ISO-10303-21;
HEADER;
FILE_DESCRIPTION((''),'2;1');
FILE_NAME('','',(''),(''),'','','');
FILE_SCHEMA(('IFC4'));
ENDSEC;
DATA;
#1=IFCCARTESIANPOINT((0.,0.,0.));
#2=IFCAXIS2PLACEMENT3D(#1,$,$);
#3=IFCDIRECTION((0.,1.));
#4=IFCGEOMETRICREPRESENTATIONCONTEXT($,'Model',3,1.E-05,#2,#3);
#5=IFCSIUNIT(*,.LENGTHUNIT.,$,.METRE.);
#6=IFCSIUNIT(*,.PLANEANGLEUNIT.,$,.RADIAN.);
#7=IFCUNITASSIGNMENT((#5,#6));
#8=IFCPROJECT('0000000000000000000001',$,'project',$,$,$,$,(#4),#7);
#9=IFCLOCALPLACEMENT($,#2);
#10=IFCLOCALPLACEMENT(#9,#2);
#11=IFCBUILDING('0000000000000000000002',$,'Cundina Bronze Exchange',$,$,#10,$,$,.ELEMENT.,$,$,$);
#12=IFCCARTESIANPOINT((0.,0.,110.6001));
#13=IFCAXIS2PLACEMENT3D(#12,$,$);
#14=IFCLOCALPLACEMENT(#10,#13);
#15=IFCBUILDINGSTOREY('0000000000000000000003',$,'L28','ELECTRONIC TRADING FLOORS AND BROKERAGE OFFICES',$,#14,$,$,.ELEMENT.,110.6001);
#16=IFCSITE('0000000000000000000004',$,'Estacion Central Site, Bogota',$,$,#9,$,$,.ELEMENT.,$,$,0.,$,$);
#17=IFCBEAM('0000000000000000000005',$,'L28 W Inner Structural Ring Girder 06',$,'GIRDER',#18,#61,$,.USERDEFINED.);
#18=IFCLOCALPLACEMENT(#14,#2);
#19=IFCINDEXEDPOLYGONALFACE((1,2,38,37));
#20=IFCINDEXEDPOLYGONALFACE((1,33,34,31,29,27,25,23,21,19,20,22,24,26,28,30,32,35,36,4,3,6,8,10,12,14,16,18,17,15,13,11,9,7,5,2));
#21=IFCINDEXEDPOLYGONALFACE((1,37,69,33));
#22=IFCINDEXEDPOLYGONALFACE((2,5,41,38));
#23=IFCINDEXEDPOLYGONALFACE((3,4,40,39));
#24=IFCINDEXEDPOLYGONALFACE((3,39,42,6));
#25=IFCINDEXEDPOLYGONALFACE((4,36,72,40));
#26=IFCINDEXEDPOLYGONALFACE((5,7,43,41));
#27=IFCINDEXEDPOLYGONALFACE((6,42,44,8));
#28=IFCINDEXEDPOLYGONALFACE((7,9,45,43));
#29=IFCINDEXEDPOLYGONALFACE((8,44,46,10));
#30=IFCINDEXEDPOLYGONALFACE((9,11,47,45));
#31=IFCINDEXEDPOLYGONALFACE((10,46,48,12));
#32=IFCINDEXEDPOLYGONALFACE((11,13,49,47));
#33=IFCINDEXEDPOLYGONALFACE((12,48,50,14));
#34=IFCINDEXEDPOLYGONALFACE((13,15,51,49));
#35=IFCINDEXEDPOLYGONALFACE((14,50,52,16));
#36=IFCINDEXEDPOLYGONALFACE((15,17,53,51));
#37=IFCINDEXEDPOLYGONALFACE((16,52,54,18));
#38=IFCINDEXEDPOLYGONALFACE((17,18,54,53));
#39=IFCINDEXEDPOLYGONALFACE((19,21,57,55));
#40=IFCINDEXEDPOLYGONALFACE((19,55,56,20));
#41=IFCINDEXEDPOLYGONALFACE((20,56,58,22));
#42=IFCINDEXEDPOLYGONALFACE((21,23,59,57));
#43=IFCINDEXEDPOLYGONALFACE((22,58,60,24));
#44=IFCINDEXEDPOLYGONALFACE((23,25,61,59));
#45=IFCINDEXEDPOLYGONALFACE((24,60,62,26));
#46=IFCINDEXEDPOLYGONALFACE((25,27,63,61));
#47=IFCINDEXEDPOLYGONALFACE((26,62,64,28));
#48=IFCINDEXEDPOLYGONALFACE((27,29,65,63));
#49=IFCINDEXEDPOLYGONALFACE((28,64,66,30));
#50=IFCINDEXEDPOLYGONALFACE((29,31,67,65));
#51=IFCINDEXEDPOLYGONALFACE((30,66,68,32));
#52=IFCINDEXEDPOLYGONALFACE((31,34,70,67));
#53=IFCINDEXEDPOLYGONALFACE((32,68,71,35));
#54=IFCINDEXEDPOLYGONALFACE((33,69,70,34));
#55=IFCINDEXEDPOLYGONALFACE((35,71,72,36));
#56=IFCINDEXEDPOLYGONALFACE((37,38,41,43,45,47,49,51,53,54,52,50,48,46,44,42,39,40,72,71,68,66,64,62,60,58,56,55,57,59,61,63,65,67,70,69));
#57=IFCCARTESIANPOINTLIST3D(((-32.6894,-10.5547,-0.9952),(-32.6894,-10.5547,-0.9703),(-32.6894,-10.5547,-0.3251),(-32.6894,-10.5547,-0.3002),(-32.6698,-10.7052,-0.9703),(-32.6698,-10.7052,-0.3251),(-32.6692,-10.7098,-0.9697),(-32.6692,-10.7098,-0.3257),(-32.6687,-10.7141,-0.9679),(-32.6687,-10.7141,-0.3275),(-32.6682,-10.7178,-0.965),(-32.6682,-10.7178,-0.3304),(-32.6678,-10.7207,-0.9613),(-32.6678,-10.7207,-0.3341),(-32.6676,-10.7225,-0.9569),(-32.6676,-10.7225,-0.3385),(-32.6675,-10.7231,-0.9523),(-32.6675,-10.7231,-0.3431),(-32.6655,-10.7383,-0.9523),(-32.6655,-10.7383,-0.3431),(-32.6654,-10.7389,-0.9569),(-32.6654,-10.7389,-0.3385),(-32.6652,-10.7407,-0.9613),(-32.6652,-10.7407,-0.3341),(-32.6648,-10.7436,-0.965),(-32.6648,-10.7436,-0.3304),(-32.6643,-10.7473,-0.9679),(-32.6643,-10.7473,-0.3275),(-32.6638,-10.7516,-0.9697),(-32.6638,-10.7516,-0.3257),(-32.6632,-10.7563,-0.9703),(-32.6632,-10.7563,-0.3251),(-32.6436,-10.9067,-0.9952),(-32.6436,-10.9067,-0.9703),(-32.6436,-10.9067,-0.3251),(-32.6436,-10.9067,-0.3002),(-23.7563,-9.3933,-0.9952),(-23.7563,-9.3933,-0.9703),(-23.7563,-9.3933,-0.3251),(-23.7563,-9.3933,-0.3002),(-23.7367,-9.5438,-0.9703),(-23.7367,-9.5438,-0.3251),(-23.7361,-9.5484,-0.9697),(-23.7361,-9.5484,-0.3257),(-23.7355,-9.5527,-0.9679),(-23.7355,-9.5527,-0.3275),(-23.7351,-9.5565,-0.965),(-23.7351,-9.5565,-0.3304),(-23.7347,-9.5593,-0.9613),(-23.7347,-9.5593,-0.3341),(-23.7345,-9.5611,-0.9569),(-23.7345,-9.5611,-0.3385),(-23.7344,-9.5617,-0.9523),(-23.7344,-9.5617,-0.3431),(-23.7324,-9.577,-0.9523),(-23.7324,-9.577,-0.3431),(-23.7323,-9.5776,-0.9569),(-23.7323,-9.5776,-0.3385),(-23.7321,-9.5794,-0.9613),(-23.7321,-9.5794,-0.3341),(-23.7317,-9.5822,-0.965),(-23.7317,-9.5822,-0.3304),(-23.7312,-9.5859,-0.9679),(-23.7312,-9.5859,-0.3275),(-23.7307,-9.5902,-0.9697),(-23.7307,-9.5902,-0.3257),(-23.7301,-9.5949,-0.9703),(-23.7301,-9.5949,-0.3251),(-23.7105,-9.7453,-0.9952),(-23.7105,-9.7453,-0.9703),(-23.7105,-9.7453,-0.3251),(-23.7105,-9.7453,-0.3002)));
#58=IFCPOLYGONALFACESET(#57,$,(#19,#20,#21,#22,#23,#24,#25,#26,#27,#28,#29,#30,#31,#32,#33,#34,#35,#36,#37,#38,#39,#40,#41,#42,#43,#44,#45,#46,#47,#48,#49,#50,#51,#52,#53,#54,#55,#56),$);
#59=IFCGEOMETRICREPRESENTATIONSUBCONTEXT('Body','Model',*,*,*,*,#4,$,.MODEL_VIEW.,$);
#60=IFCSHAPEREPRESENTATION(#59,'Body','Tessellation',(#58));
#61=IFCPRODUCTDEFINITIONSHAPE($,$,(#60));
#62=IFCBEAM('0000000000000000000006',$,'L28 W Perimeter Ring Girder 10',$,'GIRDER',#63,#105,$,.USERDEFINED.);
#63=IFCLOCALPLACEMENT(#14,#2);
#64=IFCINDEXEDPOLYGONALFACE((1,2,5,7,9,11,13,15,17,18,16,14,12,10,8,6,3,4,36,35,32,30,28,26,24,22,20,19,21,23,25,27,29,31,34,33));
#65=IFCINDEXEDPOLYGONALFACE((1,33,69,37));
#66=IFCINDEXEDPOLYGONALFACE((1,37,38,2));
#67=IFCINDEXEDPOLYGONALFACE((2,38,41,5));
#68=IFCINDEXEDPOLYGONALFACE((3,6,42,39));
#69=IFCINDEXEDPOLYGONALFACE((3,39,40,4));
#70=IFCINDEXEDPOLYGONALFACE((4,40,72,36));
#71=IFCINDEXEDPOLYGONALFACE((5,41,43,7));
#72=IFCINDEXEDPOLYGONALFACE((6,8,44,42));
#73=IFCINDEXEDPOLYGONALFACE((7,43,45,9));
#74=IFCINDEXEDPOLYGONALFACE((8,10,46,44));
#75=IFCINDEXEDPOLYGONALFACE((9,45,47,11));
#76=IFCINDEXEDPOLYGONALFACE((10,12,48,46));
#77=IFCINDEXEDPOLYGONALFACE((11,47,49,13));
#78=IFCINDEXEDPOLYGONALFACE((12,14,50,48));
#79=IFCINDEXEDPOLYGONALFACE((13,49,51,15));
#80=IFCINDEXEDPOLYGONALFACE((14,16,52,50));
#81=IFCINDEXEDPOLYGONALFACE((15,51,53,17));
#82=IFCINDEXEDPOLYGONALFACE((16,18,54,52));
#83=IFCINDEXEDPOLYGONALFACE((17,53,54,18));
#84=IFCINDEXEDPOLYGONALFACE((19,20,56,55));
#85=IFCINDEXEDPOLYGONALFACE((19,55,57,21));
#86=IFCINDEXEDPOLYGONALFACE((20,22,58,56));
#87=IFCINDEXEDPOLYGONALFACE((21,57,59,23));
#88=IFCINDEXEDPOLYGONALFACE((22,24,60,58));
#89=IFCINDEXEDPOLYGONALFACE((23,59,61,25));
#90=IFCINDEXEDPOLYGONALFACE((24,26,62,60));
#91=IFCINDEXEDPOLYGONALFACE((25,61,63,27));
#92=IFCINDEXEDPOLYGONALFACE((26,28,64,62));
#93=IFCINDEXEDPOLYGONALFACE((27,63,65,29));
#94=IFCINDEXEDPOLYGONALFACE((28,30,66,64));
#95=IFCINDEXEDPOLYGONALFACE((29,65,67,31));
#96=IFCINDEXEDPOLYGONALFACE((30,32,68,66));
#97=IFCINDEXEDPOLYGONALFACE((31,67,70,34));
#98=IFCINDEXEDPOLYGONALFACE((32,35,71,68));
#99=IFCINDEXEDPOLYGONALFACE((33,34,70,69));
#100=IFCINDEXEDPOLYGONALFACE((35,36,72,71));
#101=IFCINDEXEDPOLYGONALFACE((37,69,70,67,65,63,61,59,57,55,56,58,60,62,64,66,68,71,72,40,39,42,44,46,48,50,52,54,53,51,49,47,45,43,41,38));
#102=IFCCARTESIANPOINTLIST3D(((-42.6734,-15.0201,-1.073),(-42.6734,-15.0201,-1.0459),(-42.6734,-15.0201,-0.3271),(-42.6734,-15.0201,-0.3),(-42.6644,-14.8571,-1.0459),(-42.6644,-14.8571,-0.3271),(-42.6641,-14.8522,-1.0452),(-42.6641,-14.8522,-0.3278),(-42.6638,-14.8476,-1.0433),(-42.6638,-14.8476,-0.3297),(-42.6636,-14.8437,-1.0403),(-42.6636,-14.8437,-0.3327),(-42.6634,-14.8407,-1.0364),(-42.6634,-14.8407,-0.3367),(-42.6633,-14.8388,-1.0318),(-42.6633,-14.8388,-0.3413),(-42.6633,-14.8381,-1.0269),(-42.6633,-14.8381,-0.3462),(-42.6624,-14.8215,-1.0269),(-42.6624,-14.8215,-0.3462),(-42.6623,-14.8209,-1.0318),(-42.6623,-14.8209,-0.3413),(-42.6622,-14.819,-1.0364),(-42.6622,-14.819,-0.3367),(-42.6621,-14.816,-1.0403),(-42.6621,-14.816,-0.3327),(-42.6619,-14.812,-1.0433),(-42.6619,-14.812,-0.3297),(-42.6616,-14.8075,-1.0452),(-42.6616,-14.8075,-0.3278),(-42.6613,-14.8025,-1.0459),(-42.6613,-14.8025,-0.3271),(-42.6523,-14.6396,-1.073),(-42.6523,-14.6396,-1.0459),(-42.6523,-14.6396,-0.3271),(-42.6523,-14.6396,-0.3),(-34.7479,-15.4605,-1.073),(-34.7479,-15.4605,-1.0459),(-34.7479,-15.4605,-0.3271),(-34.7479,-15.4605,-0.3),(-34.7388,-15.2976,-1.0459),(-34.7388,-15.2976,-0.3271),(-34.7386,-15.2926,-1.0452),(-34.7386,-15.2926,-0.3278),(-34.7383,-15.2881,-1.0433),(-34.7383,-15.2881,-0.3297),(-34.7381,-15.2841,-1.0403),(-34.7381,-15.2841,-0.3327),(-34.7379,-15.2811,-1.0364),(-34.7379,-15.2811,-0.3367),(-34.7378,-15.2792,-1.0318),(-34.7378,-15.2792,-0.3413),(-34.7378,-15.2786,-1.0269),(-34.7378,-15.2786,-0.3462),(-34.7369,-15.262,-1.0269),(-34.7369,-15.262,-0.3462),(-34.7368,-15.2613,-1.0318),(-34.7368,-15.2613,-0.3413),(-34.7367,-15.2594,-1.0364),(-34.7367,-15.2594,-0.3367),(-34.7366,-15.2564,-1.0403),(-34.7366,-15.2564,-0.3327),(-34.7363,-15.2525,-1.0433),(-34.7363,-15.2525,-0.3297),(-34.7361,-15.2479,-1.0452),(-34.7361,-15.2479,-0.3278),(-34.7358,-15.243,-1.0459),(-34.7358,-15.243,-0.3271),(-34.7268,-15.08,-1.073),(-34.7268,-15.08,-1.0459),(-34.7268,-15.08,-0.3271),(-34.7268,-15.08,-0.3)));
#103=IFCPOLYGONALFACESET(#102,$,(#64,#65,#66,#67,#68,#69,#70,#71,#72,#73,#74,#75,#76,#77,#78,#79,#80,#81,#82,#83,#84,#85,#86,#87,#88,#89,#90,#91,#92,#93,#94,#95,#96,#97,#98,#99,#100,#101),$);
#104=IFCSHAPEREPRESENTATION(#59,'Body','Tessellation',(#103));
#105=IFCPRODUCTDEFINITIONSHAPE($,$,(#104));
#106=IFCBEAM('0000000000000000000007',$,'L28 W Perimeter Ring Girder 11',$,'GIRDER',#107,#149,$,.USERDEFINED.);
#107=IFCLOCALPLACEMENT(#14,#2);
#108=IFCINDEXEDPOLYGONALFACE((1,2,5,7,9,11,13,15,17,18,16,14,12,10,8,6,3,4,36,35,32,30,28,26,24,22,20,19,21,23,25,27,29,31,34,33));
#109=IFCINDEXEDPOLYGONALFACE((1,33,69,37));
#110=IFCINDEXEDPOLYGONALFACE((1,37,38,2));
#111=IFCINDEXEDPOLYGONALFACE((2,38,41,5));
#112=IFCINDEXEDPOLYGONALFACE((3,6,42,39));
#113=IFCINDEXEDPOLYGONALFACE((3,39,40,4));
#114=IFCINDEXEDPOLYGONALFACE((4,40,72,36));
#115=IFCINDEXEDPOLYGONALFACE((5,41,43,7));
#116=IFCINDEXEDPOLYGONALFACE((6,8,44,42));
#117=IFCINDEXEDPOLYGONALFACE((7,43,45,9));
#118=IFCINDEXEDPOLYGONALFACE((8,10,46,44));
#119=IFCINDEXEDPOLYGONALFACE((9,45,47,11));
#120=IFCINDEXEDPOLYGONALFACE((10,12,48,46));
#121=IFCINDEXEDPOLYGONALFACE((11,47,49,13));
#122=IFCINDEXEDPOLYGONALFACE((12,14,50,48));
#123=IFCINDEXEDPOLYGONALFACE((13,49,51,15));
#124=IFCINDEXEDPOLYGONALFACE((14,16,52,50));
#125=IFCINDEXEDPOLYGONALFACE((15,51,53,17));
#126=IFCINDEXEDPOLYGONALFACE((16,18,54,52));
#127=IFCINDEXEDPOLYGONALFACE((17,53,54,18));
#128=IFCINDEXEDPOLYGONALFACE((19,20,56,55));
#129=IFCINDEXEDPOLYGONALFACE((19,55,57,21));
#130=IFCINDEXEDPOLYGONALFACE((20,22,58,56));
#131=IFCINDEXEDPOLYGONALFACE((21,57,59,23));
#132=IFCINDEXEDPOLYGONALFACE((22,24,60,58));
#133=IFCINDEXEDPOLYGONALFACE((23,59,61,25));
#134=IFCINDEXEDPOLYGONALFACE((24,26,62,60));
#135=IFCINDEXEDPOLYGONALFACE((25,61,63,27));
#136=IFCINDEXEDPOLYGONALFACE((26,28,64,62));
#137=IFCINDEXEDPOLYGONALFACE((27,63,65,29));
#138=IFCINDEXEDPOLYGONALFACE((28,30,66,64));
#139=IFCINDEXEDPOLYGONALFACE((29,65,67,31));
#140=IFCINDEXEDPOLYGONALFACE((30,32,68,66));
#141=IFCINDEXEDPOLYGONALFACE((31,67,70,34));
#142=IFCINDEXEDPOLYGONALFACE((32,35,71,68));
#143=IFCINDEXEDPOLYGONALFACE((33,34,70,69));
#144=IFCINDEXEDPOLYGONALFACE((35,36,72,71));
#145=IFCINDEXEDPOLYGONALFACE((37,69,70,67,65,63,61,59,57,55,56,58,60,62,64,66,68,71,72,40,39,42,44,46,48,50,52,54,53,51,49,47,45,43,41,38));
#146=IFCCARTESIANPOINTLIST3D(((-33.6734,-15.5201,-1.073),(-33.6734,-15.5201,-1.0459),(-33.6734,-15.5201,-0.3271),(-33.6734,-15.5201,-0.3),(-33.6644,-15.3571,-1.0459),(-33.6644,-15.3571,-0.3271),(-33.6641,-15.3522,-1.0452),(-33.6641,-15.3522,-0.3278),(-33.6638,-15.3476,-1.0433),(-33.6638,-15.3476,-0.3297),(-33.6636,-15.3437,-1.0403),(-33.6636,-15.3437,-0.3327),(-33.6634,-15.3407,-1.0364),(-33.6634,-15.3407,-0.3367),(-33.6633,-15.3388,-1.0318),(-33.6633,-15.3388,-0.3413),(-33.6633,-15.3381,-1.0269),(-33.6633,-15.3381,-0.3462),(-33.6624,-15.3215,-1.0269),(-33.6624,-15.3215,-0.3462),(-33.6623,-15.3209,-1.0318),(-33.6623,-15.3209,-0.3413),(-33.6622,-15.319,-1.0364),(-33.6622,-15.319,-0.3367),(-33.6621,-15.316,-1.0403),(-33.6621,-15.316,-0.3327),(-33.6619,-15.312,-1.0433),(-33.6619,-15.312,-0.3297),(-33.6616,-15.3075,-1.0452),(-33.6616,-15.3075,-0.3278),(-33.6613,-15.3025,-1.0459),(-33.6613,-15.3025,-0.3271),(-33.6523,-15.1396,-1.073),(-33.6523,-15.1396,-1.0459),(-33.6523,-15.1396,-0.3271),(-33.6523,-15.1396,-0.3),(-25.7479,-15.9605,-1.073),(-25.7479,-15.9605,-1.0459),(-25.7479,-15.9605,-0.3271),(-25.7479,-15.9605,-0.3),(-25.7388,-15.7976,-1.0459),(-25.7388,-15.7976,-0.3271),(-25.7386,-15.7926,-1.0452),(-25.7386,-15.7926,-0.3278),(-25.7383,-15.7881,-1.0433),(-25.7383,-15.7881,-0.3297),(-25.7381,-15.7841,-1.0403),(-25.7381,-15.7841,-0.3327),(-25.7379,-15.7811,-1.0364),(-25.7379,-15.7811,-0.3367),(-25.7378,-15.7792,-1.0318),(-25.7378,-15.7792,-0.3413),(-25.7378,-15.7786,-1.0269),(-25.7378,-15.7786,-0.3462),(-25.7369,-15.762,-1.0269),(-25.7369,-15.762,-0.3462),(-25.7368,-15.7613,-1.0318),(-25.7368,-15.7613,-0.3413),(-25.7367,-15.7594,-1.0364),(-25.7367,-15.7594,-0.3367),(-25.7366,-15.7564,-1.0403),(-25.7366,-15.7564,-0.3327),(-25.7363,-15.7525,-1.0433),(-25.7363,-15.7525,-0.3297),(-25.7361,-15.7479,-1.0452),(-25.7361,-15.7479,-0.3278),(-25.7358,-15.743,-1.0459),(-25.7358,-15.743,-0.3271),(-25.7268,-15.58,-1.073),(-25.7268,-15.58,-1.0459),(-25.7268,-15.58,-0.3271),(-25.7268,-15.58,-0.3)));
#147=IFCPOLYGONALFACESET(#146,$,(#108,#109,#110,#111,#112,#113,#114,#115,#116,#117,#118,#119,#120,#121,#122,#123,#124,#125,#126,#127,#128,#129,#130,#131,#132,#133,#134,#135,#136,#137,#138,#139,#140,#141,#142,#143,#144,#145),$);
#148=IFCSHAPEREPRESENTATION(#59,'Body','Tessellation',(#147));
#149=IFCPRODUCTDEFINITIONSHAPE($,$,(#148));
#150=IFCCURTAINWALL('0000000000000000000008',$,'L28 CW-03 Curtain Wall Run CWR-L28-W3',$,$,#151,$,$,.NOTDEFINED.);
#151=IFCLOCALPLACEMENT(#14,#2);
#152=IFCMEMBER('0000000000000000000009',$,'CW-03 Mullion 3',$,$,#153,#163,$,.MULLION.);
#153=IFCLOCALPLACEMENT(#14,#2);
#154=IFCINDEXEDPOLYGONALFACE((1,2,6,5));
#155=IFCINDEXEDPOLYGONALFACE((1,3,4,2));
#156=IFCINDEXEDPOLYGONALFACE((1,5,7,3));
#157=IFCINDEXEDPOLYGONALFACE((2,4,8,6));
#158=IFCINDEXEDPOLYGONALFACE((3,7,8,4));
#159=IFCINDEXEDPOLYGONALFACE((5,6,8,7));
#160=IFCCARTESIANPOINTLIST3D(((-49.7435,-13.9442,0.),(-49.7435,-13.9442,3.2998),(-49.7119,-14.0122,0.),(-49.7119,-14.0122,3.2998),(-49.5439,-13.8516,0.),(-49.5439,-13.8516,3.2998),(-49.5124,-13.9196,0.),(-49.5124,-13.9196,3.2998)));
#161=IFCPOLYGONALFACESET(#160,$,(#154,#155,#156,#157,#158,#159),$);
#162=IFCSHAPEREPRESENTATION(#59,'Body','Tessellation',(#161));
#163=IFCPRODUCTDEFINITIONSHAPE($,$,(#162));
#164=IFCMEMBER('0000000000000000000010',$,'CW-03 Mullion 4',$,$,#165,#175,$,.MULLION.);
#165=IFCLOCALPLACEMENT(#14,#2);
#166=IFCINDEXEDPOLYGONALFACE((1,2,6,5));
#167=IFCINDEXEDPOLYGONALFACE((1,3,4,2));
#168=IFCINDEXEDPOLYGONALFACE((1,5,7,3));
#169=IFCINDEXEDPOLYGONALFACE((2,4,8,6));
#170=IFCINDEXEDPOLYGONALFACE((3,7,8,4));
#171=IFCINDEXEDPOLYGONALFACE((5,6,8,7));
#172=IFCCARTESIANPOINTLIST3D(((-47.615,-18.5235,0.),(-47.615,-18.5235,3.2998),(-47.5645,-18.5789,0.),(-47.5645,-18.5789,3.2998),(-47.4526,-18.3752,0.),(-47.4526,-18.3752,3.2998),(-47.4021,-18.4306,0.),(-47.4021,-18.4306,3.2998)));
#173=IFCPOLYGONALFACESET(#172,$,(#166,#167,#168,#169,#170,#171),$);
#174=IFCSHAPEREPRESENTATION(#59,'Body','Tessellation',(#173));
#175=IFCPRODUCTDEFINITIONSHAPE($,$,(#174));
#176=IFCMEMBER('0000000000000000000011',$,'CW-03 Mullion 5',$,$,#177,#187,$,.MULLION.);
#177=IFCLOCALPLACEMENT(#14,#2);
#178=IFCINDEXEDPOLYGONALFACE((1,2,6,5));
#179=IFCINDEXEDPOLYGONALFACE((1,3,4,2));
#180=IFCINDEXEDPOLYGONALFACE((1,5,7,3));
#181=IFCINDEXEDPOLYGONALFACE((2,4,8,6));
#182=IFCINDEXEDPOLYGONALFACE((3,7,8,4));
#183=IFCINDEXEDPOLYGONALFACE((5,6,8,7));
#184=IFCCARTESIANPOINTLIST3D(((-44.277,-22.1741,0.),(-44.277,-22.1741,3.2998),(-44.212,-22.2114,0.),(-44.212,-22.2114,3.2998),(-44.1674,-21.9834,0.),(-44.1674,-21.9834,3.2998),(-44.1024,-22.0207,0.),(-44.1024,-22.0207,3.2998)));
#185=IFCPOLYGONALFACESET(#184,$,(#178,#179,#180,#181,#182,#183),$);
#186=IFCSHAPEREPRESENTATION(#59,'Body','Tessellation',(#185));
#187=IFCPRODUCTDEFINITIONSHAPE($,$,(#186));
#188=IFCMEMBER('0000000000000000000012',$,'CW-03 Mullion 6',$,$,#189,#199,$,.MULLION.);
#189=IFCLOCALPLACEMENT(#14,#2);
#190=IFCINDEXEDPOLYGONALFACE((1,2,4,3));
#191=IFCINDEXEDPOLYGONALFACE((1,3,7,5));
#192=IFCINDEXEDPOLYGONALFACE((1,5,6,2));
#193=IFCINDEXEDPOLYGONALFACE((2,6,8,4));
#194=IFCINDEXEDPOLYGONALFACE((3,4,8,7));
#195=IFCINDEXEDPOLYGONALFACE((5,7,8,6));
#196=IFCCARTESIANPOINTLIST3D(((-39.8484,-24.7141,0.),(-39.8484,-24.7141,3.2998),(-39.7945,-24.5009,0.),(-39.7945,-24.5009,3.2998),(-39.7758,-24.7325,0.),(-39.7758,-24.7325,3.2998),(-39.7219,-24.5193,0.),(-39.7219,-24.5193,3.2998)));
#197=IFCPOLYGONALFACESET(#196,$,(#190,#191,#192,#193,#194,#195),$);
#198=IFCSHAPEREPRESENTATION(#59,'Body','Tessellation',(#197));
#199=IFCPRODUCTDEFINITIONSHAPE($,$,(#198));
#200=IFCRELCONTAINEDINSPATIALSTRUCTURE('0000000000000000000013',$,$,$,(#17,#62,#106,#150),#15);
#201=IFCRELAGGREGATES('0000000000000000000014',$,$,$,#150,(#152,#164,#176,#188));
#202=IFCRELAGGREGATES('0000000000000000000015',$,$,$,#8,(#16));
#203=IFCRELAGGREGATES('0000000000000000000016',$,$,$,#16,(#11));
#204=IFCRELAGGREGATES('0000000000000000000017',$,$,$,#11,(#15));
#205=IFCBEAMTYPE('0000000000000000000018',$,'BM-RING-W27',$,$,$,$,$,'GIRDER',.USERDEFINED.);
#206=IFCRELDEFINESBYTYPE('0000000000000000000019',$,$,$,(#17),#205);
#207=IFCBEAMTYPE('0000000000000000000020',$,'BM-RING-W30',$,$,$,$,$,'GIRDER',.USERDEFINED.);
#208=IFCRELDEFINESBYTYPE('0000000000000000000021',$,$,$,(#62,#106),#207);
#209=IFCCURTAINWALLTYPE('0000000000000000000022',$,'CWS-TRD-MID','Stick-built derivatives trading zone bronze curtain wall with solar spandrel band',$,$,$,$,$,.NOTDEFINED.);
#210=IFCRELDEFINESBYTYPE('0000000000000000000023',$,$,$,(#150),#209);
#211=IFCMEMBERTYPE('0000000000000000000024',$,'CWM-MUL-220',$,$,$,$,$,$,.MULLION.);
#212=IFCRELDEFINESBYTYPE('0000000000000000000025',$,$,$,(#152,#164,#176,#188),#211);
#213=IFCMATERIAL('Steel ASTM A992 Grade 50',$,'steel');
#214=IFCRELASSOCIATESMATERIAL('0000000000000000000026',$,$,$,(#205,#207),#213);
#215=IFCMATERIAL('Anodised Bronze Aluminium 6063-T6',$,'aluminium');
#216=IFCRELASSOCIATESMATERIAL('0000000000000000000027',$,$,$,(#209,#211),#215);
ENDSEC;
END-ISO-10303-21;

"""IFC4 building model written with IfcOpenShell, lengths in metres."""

from ifc_helpers import new_model, si_unit, direction, frame, origin, origin_2d, place, context, subcontext, project, spatial, rectangle, i_section, extrude, material, material_profile, profile_set, type_object, element, aggregate, save


model = new_model("IFC4")

# Units and contexts
model_context = context("Model", 3, precision=1e-05, world=origin(), true_north=direction((0.0, 1.0)))
body_context = subcontext(model_context, "Body", "Model", "MODEL_VIEW")
ifc_project = project(units=[si_unit("LENGTHUNIT", "METRE"), si_unit("PLANEANGLEUNIT", "RADIAN")], contexts=[model_context])

# Site, building, storey
site_placement = place(None, origin())
site = spatial("IfcSite", under=ifc_project, at=site_placement, Name="Estacion Central Site, Bogota", CompositionType="ELEMENT", RefElevation=0.0)
building_placement = place(site_placement, origin())
building = spatial("IfcBuilding", under=site, at=building_placement, Name="Cundina Bronze Exchange", CompositionType="ELEMENT")
storey_placement = place(building_placement, frame((0.0, 0.0, 110.6001)))
storey = spatial("IfcBuildingStorey", under=building, at=storey_placement, Name="L28", Description="ELECTRONIC TRADING FLOORS AND BROKERAGE OFFICES", CompositionType="ELEMENT", Elevation=110.6001)

# Beams
ifc_material_1 = material(Name="Steel ASTM A992 Grade 50", Category="steel")
ifc_material_profile_1 = material_profile(ifc_material_1, i_section(OverallWidth=0.355, OverallDepth=0.6951, WebThickness=0.0154, FlangeThickness=0.0249, FilletRadius=0.0181, at=origin_2d()), Name="W27X146", Category="steel")
ifc_profile_set_1 = profile_set([ifc_material_profile_1], Name="Steel ASTM A992 Grade 50")
beam_type_1 = type_object("IfcBeamType", Name="BM-RING-W27", ElementType="GIRDER", PredefinedType="USERDEFINED", material=ifc_profile_set_1)
beam_1_placement = place(storey_placement, frame((-32.6665, -10.7307, -0.6477), z_axis=(0.991655, 0.128923, 0.0), x_axis=(-0.128923, 0.991655, 0.0)))
element("IfcBeam", 1, at=beam_1_placement, inside=storey, type_object=beam_type_1, Name="L28 W Inner Structural Ring Girder 06", ObjectType="GIRDER", PredefinedType="USERDEFINED", context=body_context, shape_type="SweptSolid", body=[
    extrude(i_section(OverallWidth=0.355, OverallDepth=0.6951, WebThickness=0.0154, FlangeThickness=0.0249, FilletRadius=0.0181, at=origin_2d()), origin(), (0.0, 0.0, 1.0), 9.0083),
])
ifc_material_profile_2 = material_profile(ifc_material_1, i_section(OverallWidth=0.3811, OverallDepth=0.7729, WebThickness=0.0166, FlangeThickness=0.0271, FilletRadius=0.019, at=origin_2d()), Name="W30X173", Category="steel")
ifc_profile_set_2 = profile_set([ifc_material_profile_2], Name="Steel ASTM A992 Grade 50")
beam_type_2 = type_object("IfcBeamType", Name="BM-RING-W30", ElementType="GIRDER", PredefinedType="USERDEFINED", material=ifc_profile_set_2)
for number, where, z_axis, x_axis, name in (
    (2, (-42.6628, -14.8298, -0.6865), (0.99846, -0.055485, 0.0), (0.055485, 0.99846, 0.0), "L28 W Perimeter Ring Girder 10"),
    (3, (-33.6628, -15.3298, -0.6865), (0.99846, -0.055485, 0.0), (0.055485, 0.99846, 0.0), "L28 W Perimeter Ring Girder 11"),
):
    element("IfcBeam", number, at=place(storey_placement, frame(where, z_axis=z_axis, x_axis=x_axis)), inside=storey, type_object=beam_type_2, Name=name, ObjectType="GIRDER", PredefinedType="USERDEFINED", context=body_context, shape_type="SweptSolid", body=[
        extrude(i_section(OverallWidth=0.3811, OverallDepth=0.7729, WebThickness=0.0166, FlangeThickness=0.0271, FilletRadius=0.019, at=origin_2d()), origin(), (0.0, 0.0, 1.0), 7.9377),
    ])

# Curtain wall, members
ifc_material_2 = material(Name="Anodised Bronze Aluminium 6063-T6", Category="aluminium")
curtain_wall_type = type_object("IfcCurtainWallType", Name="CWS-TRD-MID", Description="Stick-built derivatives trading zone bronze curtain wall with solar spandrel band", PredefinedType="NOTDEFINED", material=ifc_material_2)
curtain_wall_placement = place(storey_placement, origin())
curtain_wall = element("IfcCurtainWall", 4, at=curtain_wall_placement, inside=storey, type_object=curtain_wall_type, Name="L28 CW-03 Curtain Wall Run CWR-L28-W3", PredefinedType="NOTDEFINED")
ifc_material_profile_3 = material_profile(ifc_material_2, rectangle(XDim=0.075, YDim=0.22, at=origin_2d()), Name="AL75X220", Category="aluminium")
ifc_profile_set_3 = profile_set([ifc_material_profile_3], Name="Anodised Bronze Aluminium 6063-T6")
member_type_1 = type_object("IfcMemberType", Name="CWM-MUL-220", PredefinedType="MULLION", material=ifc_profile_set_3)
member_1_placement = place(storey_placement, frame((-49.6279, -13.9319, 0.0), z_axis=(0.0, 0.0, 1.0), x_axis=(0.420877, -0.907117, 0.0)))
member_1 = element("IfcMember", 5, at=member_1_placement, type_object=member_type_1, Name="CW-03 Mullion 3", PredefinedType="MULLION", context=body_context, shape_type="SweptSolid", body=[
    extrude(rectangle(XDim=0.075, YDim=0.22, at=origin_2d()), origin(), (0.0, 0.0, 1.0), 3.2998),
])
member_2_placement = place(storey_placement, frame((-47.5085, -18.4771, 0.0), z_axis=(0.0, 0.0, 1.0), x_axis=(0.674302, -0.738455, 0.0)))
member_2 = element("IfcMember", 6, at=member_2_placement, type_object=member_type_1, Name="CW-03 Mullion 4", PredefinedType="MULLION", context=body_context, shape_type="SweptSolid", body=[
    extrude(rectangle(XDim=0.075, YDim=0.22, at=origin_2d()), origin(), (0.0, 0.0, 1.0), 3.2998),
])
member_3_placement = place(storey_placement, frame((-44.1897, -22.0974, 0.0), z_axis=(0.0, 0.0, 1.0), x_axis=(0.867071, -0.498185, 0.0)))
member_3 = element("IfcMember", 7, at=member_3_placement, type_object=member_type_1, Name="CW-03 Mullion 5", PredefinedType="MULLION", context=body_context, shape_type="SweptSolid", body=[
    extrude(rectangle(XDim=0.075, YDim=0.22, at=origin_2d()), origin(), (0.0, 0.0, 1.0), 3.2998),
])
member_4_placement = place(storey_placement, frame((-39.7852, -24.6167, 0.0), z_axis=(0.0, 0.0, 1.0), x_axis=(0.969488, -0.245138, 0.0)))
member_4 = element("IfcMember", 8, at=member_4_placement, type_object=member_type_1, Name="CW-03 Mullion 6", PredefinedType="MULLION", context=body_context, shape_type="SweptSolid", body=[
    extrude(rectangle(XDim=0.075, YDim=0.22, at=origin_2d()), origin(), (0.0, 0.0, 1.0), 3.2998),
])
aggregate(curtain_wall, [member_1, member_2, member_3, member_4])

save(model, "model.ifc")
